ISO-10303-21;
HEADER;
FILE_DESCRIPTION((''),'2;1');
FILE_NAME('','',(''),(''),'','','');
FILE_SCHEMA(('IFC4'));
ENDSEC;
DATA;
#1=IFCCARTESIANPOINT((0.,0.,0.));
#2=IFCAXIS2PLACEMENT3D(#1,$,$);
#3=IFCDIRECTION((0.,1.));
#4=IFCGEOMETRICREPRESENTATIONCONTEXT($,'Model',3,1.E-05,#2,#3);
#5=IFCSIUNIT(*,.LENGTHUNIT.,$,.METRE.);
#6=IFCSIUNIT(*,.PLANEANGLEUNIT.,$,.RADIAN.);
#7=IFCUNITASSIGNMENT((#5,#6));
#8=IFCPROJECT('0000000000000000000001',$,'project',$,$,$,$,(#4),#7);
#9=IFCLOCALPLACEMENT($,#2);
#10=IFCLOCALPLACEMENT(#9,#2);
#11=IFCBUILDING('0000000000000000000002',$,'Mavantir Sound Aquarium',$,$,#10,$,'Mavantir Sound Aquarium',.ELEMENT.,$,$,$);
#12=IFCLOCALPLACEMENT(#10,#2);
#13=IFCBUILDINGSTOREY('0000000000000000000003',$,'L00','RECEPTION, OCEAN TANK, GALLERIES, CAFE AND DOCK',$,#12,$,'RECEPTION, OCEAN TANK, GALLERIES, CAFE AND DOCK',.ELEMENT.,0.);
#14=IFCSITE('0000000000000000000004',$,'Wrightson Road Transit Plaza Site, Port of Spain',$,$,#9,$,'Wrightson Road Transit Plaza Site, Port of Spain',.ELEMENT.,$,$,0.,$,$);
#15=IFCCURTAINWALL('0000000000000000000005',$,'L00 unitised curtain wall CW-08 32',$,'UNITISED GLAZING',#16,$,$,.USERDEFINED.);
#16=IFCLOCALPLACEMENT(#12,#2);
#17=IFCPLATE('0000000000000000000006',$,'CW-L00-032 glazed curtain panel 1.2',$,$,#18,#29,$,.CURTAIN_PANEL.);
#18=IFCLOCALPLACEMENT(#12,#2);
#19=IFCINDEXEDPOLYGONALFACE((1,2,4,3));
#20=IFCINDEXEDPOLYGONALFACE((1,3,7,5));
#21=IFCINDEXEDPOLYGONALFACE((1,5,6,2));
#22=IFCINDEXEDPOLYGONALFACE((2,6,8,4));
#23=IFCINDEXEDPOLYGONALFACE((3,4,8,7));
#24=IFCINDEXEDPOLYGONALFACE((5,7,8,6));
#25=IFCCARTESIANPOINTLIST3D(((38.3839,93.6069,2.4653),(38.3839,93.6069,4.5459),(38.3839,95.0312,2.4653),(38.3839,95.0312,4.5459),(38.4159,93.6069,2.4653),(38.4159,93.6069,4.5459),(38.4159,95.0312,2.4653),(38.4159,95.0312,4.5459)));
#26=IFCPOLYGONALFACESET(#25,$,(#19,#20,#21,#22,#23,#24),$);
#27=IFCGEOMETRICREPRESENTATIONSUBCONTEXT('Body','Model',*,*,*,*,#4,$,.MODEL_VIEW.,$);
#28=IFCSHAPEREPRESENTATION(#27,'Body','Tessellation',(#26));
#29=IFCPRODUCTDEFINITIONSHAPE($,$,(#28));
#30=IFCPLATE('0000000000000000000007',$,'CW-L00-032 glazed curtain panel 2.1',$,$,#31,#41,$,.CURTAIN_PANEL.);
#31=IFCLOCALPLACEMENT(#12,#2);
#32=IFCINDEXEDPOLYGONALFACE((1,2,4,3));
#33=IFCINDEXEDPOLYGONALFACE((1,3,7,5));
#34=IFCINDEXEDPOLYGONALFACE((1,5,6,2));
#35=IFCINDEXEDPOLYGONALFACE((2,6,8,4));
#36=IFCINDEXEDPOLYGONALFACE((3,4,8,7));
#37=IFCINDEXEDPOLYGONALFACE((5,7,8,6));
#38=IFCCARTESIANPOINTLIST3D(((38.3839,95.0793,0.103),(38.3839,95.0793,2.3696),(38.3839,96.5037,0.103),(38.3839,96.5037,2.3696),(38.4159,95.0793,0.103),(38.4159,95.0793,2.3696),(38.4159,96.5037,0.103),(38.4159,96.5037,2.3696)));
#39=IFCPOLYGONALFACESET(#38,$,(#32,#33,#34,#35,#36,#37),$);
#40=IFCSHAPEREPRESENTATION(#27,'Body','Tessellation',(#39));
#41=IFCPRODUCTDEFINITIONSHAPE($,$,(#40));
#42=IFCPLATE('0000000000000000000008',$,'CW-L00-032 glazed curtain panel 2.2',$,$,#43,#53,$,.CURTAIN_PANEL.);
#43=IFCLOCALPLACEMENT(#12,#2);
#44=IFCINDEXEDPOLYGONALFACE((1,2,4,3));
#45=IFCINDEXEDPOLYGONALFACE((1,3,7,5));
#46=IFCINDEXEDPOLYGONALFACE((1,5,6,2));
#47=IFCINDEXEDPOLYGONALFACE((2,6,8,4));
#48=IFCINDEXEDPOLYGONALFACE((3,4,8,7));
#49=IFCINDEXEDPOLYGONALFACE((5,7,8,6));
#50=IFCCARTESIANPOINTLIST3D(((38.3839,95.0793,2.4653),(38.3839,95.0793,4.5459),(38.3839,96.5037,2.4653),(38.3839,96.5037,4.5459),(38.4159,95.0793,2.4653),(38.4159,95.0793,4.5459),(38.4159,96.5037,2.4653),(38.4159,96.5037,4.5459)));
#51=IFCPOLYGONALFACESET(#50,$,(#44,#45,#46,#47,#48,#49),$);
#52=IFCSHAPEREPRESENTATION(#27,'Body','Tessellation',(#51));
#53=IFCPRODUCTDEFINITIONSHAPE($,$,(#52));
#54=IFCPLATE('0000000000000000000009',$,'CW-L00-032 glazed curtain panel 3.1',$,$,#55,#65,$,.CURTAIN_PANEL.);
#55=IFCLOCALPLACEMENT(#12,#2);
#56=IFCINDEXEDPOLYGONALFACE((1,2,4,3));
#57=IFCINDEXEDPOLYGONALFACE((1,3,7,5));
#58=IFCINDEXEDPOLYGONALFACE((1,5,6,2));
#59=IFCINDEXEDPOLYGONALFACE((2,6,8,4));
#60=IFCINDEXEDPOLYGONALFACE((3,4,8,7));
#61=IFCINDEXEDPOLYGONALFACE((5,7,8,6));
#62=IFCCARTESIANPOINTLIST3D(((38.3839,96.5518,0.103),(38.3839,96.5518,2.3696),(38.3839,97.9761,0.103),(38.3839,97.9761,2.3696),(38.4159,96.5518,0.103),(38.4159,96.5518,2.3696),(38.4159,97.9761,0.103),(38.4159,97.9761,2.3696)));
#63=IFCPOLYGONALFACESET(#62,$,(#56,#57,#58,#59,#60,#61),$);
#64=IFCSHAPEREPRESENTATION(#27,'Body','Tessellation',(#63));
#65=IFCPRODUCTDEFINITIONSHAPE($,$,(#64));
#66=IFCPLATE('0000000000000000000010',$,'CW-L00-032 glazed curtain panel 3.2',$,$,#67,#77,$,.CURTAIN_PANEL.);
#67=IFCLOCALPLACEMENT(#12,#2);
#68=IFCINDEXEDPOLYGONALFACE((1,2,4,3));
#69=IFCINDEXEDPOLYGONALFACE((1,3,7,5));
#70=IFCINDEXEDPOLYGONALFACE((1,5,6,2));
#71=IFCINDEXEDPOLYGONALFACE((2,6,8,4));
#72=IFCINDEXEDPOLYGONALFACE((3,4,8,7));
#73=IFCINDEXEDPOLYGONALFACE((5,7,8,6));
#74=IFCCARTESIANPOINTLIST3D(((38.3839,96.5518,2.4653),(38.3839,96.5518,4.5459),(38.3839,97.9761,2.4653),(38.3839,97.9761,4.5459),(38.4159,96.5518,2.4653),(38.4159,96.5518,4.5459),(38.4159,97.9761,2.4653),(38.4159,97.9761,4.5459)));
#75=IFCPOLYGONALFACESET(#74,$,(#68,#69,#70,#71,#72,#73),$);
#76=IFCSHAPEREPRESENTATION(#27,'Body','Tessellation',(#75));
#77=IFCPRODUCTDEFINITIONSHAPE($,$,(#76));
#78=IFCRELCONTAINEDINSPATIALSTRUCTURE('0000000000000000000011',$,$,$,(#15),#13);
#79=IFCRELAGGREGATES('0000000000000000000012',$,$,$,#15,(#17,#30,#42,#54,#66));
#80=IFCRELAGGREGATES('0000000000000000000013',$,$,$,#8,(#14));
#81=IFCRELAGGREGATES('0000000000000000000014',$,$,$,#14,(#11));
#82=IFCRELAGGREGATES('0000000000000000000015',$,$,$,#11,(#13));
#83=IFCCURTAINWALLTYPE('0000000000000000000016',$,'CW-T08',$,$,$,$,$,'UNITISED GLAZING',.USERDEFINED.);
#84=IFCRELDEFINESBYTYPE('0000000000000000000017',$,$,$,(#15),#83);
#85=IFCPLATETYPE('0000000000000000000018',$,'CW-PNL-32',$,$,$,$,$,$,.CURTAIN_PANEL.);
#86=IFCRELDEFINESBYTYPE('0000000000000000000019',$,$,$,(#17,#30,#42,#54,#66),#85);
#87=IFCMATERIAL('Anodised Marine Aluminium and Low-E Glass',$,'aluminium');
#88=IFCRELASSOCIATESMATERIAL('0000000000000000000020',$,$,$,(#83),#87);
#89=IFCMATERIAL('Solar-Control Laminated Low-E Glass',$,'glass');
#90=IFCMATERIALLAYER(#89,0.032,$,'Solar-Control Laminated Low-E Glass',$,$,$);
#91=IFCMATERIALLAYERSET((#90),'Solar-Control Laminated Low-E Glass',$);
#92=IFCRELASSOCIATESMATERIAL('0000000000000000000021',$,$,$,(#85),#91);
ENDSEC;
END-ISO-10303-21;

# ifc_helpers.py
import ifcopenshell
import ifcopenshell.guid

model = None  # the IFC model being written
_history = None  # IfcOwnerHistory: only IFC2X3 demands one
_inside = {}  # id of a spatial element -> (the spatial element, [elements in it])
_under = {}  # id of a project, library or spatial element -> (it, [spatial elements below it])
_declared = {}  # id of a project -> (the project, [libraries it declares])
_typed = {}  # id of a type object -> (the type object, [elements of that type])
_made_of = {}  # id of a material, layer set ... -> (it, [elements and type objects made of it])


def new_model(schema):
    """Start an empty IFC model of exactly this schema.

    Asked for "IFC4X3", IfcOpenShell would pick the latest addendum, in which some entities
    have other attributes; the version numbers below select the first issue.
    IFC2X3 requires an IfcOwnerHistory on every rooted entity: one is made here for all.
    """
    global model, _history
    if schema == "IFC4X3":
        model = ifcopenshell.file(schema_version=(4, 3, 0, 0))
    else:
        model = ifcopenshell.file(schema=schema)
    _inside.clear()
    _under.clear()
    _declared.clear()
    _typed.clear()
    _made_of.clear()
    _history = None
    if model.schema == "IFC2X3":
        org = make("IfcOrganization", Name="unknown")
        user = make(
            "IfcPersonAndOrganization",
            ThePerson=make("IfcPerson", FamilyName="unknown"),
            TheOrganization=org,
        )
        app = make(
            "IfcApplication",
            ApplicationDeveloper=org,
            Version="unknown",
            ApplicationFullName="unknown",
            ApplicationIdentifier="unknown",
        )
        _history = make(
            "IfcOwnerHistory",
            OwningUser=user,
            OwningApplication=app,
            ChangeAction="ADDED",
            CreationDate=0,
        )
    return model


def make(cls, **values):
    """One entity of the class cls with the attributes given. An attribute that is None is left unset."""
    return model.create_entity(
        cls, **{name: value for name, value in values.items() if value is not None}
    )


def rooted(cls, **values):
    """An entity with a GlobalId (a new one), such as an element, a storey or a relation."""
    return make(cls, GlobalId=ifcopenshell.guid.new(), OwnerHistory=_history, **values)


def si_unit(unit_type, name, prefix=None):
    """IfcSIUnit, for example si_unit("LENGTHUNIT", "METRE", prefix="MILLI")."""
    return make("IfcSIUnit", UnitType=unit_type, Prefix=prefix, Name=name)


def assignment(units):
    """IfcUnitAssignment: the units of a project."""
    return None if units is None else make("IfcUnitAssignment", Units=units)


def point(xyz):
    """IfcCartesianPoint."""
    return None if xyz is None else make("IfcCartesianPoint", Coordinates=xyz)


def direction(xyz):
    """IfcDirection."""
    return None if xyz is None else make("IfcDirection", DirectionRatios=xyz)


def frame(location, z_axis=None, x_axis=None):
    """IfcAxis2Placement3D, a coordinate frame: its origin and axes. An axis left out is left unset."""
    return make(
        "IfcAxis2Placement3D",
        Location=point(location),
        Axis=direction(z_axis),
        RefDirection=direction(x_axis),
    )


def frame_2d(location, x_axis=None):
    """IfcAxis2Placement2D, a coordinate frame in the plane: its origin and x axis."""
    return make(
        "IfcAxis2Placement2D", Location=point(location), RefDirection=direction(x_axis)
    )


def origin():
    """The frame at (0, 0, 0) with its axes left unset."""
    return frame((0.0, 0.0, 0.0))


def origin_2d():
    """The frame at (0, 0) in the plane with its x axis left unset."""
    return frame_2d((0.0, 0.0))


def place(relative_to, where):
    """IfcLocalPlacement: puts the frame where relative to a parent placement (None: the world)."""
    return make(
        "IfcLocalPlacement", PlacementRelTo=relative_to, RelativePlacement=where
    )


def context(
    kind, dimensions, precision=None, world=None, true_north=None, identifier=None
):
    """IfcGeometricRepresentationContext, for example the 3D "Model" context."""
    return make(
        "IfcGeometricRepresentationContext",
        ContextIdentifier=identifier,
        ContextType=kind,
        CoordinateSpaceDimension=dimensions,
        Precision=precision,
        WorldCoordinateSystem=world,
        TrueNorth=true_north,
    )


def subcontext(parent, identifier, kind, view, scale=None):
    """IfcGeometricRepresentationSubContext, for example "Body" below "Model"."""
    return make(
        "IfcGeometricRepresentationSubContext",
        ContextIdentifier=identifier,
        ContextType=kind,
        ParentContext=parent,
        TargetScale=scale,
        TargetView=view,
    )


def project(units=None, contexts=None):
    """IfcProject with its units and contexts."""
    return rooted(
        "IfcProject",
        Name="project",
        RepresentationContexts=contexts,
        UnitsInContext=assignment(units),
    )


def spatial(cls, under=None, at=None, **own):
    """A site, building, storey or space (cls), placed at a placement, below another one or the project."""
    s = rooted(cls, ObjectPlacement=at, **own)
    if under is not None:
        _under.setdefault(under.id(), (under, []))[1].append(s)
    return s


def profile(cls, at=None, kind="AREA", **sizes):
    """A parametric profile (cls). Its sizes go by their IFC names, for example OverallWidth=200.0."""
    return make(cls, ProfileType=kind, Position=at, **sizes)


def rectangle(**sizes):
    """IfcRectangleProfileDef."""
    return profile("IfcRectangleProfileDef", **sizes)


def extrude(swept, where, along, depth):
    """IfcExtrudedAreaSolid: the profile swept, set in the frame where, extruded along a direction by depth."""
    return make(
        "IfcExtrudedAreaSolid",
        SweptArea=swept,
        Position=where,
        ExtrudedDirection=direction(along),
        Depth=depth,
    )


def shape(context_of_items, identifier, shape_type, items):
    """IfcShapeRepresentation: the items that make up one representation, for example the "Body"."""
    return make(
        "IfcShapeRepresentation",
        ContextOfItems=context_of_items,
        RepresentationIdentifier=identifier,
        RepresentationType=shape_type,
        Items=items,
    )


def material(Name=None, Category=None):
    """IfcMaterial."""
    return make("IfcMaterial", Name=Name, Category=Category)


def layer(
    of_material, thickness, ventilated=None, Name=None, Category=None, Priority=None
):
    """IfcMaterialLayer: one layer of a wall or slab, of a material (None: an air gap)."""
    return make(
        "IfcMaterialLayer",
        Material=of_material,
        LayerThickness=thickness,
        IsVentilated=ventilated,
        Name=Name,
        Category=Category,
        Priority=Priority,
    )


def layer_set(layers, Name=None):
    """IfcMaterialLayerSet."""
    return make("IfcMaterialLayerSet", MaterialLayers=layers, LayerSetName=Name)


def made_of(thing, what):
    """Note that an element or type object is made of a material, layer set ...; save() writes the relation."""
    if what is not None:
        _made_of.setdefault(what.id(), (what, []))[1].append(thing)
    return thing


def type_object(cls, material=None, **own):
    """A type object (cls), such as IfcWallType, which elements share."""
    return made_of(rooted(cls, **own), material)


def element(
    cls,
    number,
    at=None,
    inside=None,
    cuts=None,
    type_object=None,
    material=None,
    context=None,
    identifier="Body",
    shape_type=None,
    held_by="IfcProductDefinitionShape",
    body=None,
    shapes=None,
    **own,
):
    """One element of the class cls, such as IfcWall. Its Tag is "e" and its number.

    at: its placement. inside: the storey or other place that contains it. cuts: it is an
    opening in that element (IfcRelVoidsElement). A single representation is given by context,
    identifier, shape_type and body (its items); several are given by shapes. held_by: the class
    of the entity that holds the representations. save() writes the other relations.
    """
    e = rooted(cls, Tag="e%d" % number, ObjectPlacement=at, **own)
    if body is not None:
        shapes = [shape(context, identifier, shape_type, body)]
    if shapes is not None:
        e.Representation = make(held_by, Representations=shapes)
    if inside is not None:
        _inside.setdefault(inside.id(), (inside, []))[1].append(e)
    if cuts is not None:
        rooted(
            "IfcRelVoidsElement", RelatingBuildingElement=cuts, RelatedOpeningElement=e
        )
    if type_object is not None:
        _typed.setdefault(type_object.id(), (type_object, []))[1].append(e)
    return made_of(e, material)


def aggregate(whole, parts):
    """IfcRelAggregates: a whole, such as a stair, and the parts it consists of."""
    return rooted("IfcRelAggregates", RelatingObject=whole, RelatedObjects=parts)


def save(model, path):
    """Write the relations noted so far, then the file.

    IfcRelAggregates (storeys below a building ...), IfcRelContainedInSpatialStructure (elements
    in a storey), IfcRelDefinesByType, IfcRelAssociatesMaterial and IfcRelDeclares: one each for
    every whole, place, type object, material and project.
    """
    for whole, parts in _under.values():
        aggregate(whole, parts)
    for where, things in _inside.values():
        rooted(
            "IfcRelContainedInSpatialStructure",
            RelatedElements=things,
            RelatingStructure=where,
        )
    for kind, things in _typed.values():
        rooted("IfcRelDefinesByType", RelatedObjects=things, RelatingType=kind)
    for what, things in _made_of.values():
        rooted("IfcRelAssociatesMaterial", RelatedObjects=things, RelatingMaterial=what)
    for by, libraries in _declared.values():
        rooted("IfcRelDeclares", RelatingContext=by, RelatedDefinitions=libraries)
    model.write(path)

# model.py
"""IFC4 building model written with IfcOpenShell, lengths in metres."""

from ifc_helpers import new_model, si_unit, direction, frame, origin, origin_2d, place, context, subcontext, project, spatial, rectangle, extrude, material, layer, layer_set, type_object, element, aggregate, save


model = new_model("IFC4")

# Units and contexts
model_context = context("Model", 3, precision=1e-05, world=origin(), true_north=direction((0.0, 1.0)))
body_context = subcontext(model_context, "Body", "Model", "MODEL_VIEW")
ifc_project = project(units=[si_unit("LENGTHUNIT", "METRE"), si_unit("PLANEANGLEUNIT", "RADIAN")], contexts=[model_context])

# Site, building, storey
site_placement = place(None, origin())
site = spatial("IfcSite", under=ifc_project, at=site_placement, Name="Wrightson Road Transit Plaza Site, Port of Spain", LongName="Wrightson Road Transit Plaza Site, Port of Spain", CompositionType="ELEMENT", RefElevation=0.0)
building_placement = place(site_placement, origin())
building = spatial("IfcBuilding", under=site, at=building_placement, Name="Mavantir Sound Aquarium", LongName="Mavantir Sound Aquarium", CompositionType="ELEMENT")
storey_placement = place(building_placement, origin())
storey = spatial("IfcBuildingStorey", under=building, at=storey_placement, Name="L00", Description="RECEPTION, OCEAN TANK, GALLERIES, CAFE AND DOCK", LongName="RECEPTION, OCEAN TANK, GALLERIES, CAFE AND DOCK", CompositionType="ELEMENT", Elevation=0.0)

# Shared definitions
ifc_material_1 = material(Name="Anodised Marine Aluminium and Low-E Glass", Category="aluminium")

# Curtain wall, plates
curtain_wall_type_1 = type_object("IfcCurtainWallType", Name="CW-T08", ElementType="UNITISED GLAZING", PredefinedType="USERDEFINED", material=ifc_material_1)
curtain_wall_1_placement = place(storey_placement, origin())
curtain_wall_1 = element("IfcCurtainWall", 1, at=curtain_wall_1_placement, inside=storey, type_object=curtain_wall_type_1, Name="L00 unitised curtain wall CW-08 32", ObjectType="UNITISED GLAZING", PredefinedType="USERDEFINED")
ifc_material_2 = material(Name="Solar-Control Laminated Low-E Glass", Category="glass")
ifc_layer = layer(ifc_material_2, 0.032, Name="Solar-Control Laminated Low-E Glass")
ifc_layer_set = layer_set([ifc_layer], Name="Solar-Control Laminated Low-E Glass")
plate_type = type_object("IfcPlateType", Name="CW-PNL-32", PredefinedType="CURTAIN_PANEL", material=ifc_layer_set)
plate_1_placement = place(storey_placement, frame((38.3999, 94.3191, 2.4653), z_axis=(0.0, 0.0, 1.0), x_axis=(0.0, 1.0, 0.0)))
plate_1 = element("IfcPlate", 2, at=plate_1_placement, type_object=plate_type, Name="CW-L00-032 glazed curtain panel 1.2", PredefinedType="CURTAIN_PANEL", context=body_context, shape_type="SweptSolid", body=[
    extrude(rectangle(XDim=1.4243, YDim=0.032, at=origin_2d()), origin(), (0.0, 0.0, 1.0), 2.0806),
])
plate_2_placement = place(storey_placement, frame((38.3999, 95.7915, 0.103), z_axis=(0.0, 0.0, 1.0), x_axis=(0.0, 1.0, 0.0)))
plate_2 = element("IfcPlate", 3, at=plate_2_placement, type_object=plate_type, Name="CW-L00-032 glazed curtain panel 2.1", PredefinedType="CURTAIN_PANEL", context=body_context, shape_type="SweptSolid", body=[
    extrude(rectangle(XDim=1.4243, YDim=0.032, at=origin_2d()), origin(), (0.0, 0.0, 1.0), 2.2666),
])
plate_3_placement = place(storey_placement, frame((38.3999, 95.7915, 2.4653), z_axis=(0.0, 0.0, 1.0), x_axis=(0.0, 1.0, 0.0)))
plate_3 = element("IfcPlate", 4, at=plate_3_placement, type_object=plate_type, Name="CW-L00-032 glazed curtain panel 2.2", PredefinedType="CURTAIN_PANEL", context=body_context, shape_type="SweptSolid", body=[
    extrude(rectangle(XDim=1.4243, YDim=0.032, at=origin_2d()), origin(), (0.0, 0.0, 1.0), 2.0806),
])
plate_4_placement = place(storey_placement, frame((38.3999, 97.2639, 0.103), z_axis=(0.0, 0.0, 1.0), x_axis=(0.0, 1.0, 0.0)))
plate_4 = element("IfcPlate", 5, at=plate_4_placement, type_object=plate_type, Name="CW-L00-032 glazed curtain panel 3.1", PredefinedType="CURTAIN_PANEL", context=body_context, shape_type="SweptSolid", body=[
    extrude(rectangle(XDim=1.4243, YDim=0.032, at=origin_2d()), origin(), (0.0, 0.0, 1.0), 2.2666),
])
plate_5_placement = place(storey_placement, frame((38.3999, 97.2639, 2.4653), z_axis=(0.0, 0.0, 1.0), x_axis=(0.0, 1.0, 0.0)))
plate_5 = element("IfcPlate", 6, at=plate_5_placement, type_object=plate_type, Name="CW-L00-032 glazed curtain panel 3.2", PredefinedType="CURTAIN_PANEL", context=body_context, shape_type="SweptSolid", body=[
    extrude(rectangle(XDim=1.4243, YDim=0.032, at=origin_2d()), origin(), (0.0, 0.0, 1.0), 2.0806),
])
aggregate(curtain_wall_1, [plate_1, plate_2, plate_3, plate_4, plate_5])

save(model, "model.ifc")
